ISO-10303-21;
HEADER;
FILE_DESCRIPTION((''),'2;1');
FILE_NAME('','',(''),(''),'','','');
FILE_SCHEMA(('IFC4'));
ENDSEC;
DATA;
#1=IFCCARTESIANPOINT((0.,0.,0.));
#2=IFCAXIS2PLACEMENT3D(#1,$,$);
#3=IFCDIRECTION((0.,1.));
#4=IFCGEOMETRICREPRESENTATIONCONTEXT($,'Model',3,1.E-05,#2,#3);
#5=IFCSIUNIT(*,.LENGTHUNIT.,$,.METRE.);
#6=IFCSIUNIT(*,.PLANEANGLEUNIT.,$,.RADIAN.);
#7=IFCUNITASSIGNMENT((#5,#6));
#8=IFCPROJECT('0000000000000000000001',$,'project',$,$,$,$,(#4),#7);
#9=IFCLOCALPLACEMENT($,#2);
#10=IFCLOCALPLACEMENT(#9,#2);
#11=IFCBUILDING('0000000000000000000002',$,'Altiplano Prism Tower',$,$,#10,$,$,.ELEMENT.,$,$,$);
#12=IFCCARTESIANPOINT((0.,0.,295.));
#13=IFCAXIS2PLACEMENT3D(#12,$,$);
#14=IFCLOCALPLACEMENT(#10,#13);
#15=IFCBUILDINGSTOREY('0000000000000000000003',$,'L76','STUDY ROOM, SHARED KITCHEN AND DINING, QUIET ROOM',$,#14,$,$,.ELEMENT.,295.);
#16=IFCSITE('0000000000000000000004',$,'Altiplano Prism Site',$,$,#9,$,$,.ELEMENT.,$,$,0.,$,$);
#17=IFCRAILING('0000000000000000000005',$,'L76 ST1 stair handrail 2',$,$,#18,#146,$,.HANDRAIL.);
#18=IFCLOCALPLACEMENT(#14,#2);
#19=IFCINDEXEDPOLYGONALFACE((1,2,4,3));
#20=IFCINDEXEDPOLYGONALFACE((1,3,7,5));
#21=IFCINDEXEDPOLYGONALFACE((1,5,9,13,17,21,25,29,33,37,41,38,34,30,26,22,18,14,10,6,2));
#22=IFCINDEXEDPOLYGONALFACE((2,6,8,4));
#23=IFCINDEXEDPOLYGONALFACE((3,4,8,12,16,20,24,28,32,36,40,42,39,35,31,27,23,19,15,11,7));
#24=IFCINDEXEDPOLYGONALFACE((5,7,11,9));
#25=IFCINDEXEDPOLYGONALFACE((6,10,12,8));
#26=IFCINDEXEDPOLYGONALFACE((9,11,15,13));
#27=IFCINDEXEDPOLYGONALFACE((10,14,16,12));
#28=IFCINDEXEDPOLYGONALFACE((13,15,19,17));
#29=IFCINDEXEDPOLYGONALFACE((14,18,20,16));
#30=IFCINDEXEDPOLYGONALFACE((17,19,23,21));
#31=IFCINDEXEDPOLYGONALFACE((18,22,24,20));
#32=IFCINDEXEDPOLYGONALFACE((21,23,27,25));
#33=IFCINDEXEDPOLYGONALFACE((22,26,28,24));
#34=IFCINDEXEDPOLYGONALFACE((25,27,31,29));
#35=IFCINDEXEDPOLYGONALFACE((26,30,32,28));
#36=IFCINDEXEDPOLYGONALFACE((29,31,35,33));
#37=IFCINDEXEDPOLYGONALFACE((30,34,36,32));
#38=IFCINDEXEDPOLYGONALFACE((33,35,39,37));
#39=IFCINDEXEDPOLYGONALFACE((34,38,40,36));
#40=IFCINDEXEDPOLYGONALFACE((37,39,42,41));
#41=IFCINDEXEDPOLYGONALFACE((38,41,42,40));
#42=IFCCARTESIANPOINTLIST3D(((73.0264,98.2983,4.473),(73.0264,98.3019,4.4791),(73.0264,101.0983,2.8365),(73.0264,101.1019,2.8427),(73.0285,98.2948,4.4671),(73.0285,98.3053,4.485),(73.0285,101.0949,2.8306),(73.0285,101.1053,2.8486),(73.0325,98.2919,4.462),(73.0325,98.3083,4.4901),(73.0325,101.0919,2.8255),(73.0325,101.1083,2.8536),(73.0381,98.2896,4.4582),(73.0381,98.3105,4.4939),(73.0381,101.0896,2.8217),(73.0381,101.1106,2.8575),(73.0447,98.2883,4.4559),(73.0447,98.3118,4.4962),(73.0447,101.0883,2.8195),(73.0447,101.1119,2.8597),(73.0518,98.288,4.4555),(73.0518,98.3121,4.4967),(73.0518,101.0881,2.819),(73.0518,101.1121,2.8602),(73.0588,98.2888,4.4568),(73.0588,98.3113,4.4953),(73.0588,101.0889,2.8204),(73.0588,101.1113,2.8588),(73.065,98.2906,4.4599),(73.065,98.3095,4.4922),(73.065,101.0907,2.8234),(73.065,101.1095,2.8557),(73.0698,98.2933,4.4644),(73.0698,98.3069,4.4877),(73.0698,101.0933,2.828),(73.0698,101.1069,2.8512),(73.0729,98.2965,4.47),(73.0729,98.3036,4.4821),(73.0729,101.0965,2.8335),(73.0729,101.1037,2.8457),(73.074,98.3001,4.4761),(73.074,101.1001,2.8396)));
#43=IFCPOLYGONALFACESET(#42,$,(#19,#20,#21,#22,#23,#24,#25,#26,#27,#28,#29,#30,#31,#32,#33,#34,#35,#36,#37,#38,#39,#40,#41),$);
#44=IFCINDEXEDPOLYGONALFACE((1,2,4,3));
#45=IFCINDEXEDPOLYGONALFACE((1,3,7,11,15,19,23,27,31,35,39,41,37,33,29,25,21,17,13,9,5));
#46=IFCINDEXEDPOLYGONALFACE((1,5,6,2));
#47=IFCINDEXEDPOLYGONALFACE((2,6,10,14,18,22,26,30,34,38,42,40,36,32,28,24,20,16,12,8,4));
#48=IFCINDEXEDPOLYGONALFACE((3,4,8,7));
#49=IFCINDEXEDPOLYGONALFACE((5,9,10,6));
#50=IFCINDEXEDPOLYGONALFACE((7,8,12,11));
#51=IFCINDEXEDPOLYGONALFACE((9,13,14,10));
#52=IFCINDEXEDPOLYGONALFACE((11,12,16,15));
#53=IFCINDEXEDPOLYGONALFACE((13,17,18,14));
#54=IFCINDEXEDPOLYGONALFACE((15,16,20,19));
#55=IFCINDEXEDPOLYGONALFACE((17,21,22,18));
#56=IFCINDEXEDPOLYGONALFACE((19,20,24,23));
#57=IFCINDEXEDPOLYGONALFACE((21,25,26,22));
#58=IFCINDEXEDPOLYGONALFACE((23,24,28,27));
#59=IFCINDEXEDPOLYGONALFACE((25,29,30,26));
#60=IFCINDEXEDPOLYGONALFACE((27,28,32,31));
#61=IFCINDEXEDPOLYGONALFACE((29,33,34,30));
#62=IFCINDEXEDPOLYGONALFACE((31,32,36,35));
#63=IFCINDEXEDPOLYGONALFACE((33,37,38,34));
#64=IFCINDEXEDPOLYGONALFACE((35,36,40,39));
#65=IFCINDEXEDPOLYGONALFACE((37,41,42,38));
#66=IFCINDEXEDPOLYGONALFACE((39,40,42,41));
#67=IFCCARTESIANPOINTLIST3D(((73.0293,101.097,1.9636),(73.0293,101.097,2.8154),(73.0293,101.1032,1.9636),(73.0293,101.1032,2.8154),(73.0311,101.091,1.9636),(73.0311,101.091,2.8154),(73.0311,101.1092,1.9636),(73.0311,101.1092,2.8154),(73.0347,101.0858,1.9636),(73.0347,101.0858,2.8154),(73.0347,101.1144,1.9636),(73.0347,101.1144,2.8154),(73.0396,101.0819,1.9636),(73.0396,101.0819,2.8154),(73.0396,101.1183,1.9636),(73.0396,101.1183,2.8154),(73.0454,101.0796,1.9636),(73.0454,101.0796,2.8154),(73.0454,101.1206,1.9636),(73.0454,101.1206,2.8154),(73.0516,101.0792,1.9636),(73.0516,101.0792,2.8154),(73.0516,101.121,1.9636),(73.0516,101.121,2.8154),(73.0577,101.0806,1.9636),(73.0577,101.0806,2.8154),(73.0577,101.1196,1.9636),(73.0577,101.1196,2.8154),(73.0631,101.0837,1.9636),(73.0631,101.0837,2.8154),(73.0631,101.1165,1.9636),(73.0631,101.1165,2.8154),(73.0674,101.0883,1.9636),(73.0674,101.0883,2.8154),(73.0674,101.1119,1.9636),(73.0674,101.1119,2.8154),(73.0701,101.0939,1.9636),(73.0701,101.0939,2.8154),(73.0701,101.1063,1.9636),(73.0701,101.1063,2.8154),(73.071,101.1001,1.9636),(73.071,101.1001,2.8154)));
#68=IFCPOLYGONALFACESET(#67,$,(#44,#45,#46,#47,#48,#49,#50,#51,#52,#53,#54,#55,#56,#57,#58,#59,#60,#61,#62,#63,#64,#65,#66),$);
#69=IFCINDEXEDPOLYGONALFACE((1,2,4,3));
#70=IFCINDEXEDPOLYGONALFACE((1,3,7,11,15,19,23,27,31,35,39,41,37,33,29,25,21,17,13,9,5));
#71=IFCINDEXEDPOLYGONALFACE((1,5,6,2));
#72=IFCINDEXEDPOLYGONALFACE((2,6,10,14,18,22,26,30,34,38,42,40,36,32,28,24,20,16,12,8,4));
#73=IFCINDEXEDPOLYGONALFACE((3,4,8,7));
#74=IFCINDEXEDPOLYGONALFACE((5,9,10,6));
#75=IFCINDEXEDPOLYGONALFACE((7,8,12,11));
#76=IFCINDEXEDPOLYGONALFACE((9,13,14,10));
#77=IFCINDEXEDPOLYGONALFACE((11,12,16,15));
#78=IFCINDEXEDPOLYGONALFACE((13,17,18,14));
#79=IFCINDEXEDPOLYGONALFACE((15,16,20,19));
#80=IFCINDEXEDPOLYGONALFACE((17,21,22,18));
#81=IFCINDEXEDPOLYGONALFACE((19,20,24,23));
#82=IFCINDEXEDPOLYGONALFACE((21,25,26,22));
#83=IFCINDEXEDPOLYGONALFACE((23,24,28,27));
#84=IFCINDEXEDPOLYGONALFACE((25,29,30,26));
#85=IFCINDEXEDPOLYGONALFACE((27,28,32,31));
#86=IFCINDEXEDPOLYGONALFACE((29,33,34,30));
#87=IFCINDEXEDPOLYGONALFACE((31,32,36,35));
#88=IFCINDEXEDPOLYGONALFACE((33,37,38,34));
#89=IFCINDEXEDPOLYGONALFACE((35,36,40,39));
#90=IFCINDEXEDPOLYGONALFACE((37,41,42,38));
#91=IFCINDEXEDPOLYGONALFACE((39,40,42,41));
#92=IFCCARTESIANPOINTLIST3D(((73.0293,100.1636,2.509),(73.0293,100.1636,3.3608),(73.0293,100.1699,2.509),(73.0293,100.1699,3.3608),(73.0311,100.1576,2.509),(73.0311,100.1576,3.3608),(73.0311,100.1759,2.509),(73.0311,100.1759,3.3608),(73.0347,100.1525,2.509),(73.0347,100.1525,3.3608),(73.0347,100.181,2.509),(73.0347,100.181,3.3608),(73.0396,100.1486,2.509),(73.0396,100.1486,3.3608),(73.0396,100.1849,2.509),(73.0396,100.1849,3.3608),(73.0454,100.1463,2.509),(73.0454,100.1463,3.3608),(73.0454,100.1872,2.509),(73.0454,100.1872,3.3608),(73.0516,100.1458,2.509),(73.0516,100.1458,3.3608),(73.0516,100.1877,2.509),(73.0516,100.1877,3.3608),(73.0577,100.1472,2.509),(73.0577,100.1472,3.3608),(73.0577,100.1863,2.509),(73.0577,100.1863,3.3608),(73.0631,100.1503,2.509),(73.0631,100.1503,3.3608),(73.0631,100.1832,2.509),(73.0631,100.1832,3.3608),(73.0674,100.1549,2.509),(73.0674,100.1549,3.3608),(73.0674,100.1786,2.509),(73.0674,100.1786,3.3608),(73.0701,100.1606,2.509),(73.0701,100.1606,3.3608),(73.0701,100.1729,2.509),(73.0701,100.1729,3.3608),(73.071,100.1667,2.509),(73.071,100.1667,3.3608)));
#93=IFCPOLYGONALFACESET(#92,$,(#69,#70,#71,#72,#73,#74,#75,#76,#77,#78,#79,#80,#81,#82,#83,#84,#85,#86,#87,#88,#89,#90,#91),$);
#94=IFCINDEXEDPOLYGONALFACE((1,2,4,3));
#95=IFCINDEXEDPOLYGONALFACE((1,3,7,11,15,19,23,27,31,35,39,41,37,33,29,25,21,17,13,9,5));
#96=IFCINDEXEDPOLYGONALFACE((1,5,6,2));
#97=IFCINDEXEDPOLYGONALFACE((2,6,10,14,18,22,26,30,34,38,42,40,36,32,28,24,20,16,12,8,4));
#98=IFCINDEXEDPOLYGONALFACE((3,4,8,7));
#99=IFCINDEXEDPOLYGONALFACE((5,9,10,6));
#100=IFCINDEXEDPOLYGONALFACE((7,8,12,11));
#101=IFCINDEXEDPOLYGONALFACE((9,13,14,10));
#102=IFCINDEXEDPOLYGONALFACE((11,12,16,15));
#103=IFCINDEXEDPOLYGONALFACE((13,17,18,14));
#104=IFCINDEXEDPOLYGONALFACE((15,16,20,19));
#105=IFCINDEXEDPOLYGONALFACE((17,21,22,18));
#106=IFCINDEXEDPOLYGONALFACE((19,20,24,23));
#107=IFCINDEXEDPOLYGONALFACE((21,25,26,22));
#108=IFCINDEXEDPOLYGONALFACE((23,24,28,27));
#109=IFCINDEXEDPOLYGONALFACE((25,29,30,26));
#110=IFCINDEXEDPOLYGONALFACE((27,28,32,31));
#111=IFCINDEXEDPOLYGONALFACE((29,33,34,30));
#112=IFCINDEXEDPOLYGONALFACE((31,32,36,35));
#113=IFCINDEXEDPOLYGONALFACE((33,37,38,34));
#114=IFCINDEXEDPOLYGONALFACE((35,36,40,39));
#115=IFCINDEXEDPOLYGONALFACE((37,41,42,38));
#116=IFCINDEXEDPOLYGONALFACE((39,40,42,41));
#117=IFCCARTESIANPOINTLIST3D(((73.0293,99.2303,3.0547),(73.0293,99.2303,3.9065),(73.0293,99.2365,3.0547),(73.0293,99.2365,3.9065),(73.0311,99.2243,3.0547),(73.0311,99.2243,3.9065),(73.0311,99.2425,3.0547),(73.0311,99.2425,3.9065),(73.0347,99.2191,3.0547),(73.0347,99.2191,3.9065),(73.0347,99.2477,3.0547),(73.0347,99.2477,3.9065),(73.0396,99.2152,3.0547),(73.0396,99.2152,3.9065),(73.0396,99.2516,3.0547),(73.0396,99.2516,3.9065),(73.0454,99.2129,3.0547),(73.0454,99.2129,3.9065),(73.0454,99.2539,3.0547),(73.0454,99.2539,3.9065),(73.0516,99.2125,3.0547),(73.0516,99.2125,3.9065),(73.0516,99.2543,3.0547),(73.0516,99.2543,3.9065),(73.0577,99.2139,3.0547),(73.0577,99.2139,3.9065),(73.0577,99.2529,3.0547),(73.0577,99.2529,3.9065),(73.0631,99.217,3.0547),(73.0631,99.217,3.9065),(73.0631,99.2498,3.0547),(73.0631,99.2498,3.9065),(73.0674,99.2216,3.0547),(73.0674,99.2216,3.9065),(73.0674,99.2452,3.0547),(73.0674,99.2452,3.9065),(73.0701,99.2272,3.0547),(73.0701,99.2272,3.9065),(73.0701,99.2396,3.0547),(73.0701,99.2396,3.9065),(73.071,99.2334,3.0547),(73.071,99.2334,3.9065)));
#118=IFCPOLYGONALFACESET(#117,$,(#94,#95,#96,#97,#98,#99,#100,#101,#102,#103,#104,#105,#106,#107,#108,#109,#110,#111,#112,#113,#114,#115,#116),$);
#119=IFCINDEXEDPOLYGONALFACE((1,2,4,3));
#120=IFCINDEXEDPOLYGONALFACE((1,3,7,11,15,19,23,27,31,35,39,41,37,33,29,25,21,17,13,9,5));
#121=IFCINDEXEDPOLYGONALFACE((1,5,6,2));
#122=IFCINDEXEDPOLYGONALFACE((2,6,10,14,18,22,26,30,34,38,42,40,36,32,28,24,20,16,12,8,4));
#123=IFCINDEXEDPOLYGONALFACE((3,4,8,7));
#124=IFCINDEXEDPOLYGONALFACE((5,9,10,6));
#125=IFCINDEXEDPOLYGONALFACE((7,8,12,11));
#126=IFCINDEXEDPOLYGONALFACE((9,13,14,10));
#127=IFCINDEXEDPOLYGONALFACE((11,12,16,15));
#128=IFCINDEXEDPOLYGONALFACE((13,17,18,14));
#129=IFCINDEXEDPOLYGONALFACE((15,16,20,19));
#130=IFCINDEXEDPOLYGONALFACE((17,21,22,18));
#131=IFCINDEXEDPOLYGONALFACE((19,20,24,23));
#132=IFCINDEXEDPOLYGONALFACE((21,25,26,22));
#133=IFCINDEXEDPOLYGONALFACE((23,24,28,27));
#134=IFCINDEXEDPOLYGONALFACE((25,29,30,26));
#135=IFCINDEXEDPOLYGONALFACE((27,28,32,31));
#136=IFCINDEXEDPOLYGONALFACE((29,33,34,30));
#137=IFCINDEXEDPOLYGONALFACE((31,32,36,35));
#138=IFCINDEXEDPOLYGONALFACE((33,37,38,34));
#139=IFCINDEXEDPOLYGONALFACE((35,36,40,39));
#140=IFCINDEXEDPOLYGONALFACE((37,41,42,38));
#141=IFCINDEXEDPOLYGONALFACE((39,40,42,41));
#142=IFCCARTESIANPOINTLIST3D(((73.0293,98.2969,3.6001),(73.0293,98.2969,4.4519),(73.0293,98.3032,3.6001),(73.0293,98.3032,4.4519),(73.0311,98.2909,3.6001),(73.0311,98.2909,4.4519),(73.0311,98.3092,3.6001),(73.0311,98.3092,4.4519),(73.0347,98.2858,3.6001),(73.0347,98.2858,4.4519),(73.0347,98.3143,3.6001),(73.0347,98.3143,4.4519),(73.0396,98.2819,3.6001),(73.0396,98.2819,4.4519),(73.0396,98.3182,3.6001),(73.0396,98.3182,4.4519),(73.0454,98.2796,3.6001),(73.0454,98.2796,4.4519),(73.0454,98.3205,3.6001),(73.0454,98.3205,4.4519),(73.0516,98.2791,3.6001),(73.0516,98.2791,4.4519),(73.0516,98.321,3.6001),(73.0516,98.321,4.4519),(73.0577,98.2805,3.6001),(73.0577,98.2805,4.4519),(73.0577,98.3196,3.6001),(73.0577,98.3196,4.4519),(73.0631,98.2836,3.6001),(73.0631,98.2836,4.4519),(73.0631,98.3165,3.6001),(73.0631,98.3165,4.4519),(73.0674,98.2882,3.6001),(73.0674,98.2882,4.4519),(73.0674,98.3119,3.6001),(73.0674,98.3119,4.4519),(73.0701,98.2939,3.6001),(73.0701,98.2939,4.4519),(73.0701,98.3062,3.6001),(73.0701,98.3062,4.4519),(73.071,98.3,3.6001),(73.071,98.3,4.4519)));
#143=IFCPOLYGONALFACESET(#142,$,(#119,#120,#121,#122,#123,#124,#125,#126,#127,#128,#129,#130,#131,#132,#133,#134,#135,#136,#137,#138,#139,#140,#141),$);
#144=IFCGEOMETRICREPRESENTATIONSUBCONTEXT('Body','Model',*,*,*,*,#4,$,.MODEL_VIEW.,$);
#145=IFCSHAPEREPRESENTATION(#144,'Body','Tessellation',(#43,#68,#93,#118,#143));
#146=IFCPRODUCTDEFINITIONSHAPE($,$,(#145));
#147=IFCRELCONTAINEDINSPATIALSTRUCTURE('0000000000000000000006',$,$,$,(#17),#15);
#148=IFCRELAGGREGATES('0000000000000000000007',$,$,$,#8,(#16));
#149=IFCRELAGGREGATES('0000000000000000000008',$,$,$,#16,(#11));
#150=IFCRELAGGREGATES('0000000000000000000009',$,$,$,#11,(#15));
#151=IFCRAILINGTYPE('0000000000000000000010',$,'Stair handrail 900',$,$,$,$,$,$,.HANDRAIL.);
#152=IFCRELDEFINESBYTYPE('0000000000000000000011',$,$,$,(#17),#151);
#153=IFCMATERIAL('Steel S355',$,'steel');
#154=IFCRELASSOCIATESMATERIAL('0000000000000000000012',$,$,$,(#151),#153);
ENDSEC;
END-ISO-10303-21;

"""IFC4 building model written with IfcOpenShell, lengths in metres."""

from ifc_helpers import new_model, si_unit, direction, frame, origin, origin_2d, place, context, subcontext, project, spatial, circle, extrude, material, type_object, element, save


model = new_model("IFC4")

# Units and contexts
model_context = context("Model", 3, precision=1e-05, world=origin(), true_north=direction((0.0, 1.0)))
body_context = subcontext(model_context, "Body", "Model", "MODEL_VIEW")
ifc_project = project(units=[si_unit("LENGTHUNIT", "METRE"), si_unit("PLANEANGLEUNIT", "RADIAN")], contexts=[model_context])

# Site, building, storey
site_placement = place(None, origin())
site = spatial("IfcSite", under=ifc_project, at=site_placement, Name="Altiplano Prism Site", CompositionType="ELEMENT", RefElevation=0.0)
building_placement = place(site_placement, origin())
building = spatial("IfcBuilding", under=site, at=building_placement, Name="Altiplano Prism Tower", CompositionType="ELEMENT")
storey_placement = place(building_placement, frame((0.0, 0.0, 295.0)))
storey = spatial("IfcBuildingStorey", under=building, at=storey_placement, Name="L76", Description="STUDY ROOM, SHARED KITCHEN AND DINING, QUIET ROOM", CompositionType="ELEMENT", Elevation=295.0)

# Railing
ifc_material_1 = material(Name="Steel S355", Category="steel")
railing_type_1 = type_object("IfcRailingType", Name="Stair handrail 900", PredefinedType="HANDRAIL", material=ifc_material_1)
railing_1_placement = place(storey_placement, frame((73.05, 101.1001, 1.9636)))
element("IfcRailing", 1, at=railing_1_placement, inside=storey, type_object=railing_type_1, Name="L76 ST1 stair handrail 2", PredefinedType="HANDRAIL", context=body_context, shape_type="SweptSolid", body=[
    extrude(circle(Radius=0.0239, at=origin_2d()), frame((0.0, 0.0, 0.876), z_axis=(0.0, -0.863361, 0.504587), x_axis=(1.0, 0.0, 0.0)), (0.0, 0.0, 1.0), 3.2432),
    extrude(circle(Radius=0.021, at=origin_2d()), origin(), (0.0, 0.0, 1.0), 0.8518),
    extrude(circle(Radius=0.021, at=origin_2d()), frame((0.0, -0.9333, 0.5454)), (0.0, 0.0, 1.0), 0.8518),
    extrude(circle(Radius=0.021, at=origin_2d()), frame((0.0, -1.8667, 1.0911)), (0.0, 0.0, 1.0), 0.8518),
    extrude(circle(Radius=0.021, at=origin_2d()), frame((0.0, -2.8, 1.6365)), (0.0, 0.0, 1.0), 0.8518),
])

save(model, "model.ifc")
